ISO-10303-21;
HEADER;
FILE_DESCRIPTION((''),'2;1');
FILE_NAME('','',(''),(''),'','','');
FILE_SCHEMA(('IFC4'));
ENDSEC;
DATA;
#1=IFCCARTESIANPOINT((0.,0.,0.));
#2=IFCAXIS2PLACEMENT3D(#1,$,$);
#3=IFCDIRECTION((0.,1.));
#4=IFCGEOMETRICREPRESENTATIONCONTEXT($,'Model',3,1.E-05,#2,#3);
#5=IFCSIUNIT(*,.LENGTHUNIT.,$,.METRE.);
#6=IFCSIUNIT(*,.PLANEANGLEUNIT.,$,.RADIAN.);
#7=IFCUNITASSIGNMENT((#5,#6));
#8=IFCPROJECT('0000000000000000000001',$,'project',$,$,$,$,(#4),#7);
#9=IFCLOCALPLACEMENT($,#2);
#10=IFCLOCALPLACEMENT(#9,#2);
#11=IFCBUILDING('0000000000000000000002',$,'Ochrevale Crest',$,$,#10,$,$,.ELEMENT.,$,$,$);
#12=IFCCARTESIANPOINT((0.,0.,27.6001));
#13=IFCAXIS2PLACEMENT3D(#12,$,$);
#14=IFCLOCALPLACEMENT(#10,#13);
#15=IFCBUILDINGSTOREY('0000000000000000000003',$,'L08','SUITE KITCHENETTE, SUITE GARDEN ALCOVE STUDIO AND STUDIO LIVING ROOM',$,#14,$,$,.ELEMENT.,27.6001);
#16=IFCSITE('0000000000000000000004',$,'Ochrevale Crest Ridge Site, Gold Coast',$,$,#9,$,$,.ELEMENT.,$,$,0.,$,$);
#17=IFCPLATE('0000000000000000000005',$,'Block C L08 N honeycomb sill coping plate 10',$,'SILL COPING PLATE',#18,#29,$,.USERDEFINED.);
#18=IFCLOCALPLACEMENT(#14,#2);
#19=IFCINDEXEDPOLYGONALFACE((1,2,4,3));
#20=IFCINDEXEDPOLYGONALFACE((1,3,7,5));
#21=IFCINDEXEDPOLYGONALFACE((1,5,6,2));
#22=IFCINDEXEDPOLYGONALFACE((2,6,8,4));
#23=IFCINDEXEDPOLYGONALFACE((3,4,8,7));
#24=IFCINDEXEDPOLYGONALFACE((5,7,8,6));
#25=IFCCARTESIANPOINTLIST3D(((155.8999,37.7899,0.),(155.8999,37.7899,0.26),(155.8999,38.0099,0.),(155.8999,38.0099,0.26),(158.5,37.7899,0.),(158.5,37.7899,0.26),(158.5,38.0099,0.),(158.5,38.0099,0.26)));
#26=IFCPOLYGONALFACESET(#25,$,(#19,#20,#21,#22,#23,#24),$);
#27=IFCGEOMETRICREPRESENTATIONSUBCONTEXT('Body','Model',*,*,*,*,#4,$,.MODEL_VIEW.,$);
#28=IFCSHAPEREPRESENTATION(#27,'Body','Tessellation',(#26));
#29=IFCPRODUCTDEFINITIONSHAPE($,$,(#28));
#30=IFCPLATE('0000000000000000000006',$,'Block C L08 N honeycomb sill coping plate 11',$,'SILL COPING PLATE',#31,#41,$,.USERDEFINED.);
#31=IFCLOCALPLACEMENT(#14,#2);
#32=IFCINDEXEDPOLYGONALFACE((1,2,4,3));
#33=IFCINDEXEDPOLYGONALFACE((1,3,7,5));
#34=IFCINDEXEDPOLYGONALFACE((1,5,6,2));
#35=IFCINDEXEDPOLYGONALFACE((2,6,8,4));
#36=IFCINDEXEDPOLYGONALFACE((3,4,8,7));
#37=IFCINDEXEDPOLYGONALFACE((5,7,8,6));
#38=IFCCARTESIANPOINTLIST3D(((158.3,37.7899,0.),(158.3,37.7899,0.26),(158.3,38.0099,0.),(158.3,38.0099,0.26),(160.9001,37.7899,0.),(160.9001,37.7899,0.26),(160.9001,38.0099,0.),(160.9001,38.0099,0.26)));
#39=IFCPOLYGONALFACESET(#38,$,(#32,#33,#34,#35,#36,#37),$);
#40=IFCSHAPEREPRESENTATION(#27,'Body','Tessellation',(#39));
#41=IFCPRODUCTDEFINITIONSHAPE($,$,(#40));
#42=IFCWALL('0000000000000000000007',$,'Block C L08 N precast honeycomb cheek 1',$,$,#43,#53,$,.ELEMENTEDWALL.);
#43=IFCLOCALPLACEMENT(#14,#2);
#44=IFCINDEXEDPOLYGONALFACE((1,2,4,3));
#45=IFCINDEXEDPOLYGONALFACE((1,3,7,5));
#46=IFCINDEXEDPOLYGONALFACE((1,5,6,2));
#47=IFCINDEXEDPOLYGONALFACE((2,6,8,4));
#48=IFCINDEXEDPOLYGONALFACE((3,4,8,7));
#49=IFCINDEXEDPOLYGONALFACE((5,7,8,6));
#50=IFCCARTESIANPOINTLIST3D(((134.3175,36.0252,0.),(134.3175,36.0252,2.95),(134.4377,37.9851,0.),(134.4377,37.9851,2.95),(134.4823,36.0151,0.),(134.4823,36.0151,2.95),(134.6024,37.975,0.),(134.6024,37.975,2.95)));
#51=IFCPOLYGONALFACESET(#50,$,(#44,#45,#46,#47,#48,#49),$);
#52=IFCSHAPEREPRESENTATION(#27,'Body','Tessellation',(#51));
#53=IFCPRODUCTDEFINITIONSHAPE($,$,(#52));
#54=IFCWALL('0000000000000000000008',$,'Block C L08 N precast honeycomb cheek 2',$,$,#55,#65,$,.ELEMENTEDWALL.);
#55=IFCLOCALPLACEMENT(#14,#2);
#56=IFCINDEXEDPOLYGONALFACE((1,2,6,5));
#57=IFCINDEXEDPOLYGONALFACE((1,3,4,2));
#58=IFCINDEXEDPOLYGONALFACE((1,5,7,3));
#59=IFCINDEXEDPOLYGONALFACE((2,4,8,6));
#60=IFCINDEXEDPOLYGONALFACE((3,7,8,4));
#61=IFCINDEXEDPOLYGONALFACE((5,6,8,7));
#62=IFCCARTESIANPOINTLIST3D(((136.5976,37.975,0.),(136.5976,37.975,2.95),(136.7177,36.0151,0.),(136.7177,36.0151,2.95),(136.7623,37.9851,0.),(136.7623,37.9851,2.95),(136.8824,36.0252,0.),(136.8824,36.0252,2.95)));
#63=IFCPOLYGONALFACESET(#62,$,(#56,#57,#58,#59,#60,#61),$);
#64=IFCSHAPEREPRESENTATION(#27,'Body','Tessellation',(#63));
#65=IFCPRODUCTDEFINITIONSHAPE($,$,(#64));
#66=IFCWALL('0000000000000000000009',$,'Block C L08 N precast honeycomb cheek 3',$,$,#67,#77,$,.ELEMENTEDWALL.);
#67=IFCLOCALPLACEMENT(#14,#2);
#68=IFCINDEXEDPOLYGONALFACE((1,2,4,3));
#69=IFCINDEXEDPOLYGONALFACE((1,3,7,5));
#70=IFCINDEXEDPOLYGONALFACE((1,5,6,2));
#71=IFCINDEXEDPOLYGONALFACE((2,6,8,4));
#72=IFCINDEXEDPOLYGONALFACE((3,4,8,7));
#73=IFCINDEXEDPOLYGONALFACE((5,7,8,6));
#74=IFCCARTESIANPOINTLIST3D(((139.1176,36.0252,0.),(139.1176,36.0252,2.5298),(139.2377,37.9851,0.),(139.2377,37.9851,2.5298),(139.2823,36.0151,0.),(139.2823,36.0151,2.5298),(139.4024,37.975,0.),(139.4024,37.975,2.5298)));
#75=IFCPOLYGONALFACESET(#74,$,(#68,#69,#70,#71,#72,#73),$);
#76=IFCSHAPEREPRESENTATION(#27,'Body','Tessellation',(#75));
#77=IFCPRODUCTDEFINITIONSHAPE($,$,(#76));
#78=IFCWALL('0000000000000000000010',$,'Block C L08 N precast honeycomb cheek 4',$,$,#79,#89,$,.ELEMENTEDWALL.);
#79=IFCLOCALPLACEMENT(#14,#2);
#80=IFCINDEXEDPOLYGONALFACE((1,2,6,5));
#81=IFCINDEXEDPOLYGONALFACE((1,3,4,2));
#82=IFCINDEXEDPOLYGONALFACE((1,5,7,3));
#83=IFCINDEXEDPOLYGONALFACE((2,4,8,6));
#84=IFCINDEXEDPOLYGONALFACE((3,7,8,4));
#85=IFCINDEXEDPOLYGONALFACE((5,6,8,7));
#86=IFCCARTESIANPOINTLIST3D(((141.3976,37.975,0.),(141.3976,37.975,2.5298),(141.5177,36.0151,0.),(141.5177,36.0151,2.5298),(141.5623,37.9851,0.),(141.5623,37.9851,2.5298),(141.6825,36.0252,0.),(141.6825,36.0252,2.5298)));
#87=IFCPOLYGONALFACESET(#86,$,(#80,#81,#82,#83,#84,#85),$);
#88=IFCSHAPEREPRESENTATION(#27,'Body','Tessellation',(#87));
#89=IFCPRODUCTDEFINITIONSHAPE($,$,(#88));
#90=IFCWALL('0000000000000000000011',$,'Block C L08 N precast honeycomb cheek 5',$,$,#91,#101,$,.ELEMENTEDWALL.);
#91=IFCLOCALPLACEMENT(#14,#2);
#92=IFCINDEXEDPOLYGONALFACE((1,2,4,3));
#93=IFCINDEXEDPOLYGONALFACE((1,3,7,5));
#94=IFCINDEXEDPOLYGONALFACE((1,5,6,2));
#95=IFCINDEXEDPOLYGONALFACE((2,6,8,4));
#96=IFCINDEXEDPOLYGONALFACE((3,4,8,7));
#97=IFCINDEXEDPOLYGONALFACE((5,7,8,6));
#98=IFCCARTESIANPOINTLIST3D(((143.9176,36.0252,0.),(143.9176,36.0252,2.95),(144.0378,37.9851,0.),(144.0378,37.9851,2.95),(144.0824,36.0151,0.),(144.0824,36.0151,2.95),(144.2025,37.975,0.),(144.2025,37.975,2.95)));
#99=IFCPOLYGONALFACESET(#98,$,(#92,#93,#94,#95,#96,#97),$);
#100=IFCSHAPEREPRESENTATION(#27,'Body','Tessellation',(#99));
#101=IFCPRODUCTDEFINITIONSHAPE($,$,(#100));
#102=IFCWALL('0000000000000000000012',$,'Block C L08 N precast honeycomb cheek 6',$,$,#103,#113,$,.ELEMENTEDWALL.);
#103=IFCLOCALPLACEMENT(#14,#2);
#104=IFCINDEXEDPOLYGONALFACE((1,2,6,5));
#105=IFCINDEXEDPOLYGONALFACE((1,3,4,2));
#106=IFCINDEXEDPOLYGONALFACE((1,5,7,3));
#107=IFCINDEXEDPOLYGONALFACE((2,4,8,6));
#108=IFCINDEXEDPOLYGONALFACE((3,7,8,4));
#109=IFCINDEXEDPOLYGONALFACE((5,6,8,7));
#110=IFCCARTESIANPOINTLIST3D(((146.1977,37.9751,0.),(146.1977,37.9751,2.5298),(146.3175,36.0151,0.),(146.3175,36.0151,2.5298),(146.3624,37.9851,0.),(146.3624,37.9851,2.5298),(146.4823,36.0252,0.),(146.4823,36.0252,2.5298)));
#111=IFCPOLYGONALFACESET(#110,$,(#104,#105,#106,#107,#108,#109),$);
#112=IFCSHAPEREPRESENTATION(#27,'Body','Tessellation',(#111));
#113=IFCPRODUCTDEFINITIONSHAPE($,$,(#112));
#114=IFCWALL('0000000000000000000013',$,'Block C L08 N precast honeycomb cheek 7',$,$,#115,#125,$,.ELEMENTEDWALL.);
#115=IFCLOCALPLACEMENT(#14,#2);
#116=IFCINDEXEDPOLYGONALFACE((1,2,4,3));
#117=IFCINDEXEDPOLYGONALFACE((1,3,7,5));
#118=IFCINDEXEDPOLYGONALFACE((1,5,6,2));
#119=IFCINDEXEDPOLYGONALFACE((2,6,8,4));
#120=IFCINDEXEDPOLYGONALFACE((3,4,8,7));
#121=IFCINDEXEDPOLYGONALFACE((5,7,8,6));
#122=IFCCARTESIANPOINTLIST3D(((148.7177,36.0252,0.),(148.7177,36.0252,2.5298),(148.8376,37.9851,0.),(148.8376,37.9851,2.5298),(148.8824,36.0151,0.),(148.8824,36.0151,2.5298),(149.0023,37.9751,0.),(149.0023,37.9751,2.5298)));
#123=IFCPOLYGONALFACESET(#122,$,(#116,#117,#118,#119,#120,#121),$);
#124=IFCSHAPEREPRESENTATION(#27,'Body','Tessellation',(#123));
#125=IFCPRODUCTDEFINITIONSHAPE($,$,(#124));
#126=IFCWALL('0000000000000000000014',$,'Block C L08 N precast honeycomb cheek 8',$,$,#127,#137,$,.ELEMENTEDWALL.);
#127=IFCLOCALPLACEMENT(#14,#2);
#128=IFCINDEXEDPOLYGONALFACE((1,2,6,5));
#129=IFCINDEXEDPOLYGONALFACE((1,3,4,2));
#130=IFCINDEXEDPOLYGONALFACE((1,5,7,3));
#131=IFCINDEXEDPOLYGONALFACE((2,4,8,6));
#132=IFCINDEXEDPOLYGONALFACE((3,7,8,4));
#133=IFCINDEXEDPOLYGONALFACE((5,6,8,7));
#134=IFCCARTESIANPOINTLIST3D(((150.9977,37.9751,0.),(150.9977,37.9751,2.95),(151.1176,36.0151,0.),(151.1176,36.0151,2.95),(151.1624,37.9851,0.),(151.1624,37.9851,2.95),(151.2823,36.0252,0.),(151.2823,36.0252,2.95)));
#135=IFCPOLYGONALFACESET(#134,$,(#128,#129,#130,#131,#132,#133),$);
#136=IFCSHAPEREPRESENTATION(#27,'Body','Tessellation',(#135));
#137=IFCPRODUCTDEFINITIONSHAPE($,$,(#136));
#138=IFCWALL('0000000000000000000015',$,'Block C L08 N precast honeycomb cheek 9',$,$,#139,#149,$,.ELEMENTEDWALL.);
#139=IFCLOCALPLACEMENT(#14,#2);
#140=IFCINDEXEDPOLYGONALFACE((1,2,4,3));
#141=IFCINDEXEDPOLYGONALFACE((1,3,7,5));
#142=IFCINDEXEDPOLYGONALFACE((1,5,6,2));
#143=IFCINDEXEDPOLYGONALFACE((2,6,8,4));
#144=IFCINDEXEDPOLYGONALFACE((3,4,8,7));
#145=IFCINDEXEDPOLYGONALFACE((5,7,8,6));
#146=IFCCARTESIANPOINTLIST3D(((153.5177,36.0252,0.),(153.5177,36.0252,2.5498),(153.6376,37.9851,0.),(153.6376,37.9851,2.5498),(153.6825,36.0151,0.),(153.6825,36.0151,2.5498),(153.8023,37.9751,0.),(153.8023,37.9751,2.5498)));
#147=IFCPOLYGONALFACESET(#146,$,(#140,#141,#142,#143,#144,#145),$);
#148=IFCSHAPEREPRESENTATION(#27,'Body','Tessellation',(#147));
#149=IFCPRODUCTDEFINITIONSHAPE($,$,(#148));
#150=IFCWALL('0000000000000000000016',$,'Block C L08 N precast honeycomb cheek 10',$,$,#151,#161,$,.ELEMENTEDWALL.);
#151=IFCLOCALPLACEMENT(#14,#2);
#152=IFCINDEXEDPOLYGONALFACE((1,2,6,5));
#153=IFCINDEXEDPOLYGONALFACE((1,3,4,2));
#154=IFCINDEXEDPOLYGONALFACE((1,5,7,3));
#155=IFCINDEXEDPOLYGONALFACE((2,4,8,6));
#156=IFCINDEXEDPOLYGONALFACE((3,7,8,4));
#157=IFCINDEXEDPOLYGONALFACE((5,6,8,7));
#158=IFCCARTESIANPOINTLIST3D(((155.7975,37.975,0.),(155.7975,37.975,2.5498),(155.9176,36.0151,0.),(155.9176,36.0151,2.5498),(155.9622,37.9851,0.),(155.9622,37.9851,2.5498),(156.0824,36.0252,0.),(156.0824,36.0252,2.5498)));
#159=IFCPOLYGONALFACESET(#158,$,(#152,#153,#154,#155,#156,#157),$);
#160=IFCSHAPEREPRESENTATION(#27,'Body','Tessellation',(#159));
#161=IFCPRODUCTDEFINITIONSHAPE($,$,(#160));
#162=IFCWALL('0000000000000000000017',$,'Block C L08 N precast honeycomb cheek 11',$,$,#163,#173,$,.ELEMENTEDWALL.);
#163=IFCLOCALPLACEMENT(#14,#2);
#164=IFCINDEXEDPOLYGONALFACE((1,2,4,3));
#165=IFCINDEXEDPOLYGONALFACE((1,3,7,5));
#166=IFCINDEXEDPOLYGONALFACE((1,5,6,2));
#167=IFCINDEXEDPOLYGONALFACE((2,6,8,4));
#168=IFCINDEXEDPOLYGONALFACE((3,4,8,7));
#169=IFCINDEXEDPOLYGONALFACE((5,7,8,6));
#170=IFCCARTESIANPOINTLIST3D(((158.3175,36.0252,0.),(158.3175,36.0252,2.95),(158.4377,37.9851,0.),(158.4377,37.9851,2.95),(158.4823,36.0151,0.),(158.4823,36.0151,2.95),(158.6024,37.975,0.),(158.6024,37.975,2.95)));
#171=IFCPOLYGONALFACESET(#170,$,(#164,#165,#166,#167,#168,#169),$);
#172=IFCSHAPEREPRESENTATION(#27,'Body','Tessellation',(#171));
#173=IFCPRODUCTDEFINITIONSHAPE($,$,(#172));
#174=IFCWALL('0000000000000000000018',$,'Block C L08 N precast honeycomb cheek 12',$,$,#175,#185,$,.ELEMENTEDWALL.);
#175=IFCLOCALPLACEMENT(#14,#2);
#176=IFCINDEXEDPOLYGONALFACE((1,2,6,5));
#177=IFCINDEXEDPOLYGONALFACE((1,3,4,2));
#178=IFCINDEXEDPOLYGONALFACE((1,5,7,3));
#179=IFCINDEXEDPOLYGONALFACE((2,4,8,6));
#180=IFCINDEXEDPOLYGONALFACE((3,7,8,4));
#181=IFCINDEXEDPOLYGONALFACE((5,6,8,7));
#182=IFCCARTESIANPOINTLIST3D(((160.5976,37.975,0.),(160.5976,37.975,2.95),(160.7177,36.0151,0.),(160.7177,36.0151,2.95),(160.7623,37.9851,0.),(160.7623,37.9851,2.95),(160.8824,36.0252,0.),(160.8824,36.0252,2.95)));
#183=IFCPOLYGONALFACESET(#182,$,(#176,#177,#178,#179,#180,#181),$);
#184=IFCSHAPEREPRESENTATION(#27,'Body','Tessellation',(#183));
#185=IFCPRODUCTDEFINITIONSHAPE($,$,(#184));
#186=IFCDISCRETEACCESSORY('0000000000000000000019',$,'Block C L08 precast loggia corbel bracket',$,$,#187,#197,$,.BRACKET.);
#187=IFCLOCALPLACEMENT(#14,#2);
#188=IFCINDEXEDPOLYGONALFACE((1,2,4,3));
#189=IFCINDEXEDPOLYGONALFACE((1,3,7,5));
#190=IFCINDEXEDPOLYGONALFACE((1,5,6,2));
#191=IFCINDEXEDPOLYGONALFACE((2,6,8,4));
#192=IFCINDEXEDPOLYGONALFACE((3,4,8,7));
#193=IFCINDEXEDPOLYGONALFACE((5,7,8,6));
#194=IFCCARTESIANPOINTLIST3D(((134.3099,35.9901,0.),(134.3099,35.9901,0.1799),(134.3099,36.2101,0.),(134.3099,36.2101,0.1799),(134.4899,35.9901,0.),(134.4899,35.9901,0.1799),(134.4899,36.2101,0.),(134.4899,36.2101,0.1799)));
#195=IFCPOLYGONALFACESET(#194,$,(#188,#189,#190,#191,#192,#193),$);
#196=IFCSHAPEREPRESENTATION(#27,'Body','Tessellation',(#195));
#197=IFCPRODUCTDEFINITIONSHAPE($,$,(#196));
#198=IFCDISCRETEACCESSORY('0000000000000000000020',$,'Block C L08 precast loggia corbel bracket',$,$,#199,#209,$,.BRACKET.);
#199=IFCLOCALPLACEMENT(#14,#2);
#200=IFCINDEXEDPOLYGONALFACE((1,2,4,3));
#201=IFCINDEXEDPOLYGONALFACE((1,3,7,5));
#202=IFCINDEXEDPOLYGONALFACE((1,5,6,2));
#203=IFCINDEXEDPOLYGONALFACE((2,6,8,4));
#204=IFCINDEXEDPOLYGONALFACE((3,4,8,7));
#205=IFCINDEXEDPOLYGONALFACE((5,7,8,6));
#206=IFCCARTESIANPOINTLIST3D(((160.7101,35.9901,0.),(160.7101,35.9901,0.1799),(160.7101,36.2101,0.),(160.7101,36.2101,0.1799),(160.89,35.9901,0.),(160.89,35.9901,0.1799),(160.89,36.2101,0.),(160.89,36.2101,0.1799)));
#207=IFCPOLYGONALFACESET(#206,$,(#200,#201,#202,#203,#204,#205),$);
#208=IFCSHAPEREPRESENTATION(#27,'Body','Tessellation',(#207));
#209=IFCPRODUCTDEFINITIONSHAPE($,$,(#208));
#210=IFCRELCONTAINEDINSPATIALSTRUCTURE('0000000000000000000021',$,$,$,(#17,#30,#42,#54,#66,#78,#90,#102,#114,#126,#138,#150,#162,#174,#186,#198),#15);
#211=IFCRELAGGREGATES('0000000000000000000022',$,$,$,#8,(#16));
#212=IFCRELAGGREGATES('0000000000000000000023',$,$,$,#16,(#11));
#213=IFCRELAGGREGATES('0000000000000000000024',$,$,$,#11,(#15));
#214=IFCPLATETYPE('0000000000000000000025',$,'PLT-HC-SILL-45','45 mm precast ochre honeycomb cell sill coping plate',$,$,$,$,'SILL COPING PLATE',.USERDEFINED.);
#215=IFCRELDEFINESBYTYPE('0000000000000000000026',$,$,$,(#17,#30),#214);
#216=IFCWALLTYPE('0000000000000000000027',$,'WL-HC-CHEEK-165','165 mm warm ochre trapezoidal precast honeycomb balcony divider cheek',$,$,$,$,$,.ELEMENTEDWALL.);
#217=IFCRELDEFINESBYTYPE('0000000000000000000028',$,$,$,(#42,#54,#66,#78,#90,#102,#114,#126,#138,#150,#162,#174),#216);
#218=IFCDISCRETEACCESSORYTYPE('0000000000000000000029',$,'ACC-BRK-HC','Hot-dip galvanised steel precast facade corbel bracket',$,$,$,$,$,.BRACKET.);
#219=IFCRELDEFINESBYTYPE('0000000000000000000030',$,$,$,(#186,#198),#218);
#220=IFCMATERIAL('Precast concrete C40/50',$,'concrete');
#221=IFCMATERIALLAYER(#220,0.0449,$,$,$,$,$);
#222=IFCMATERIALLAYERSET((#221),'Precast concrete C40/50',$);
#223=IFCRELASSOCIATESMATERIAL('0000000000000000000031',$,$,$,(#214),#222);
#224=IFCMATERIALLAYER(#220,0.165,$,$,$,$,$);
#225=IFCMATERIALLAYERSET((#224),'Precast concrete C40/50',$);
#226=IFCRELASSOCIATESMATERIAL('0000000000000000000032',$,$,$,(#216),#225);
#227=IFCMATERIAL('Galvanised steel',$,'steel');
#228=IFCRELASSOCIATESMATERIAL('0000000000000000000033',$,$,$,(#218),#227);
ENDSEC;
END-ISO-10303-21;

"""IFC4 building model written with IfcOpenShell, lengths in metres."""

from ifc_helpers import new_model, si_unit, direction, frame, frame_2d, origin, origin_2d, place, context, subcontext, project, spatial, rectangle, extrude, material, layer, layer_set, type_object, element, save


model = new_model("IFC4")

# Units and contexts
model_context = context("Model", 3, precision=1e-05, world=origin(), true_north=direction((0.0, 1.0)))
body_context = subcontext(model_context, "Body", "Model", "MODEL_VIEW")
ifc_project = project(units=[si_unit("LENGTHUNIT", "METRE"), si_unit("PLANEANGLEUNIT", "RADIAN")], contexts=[model_context])

# Site, building, storey
site_placement = place(None, origin())
site = spatial("IfcSite", under=ifc_project, at=site_placement, Name="Ochrevale Crest Ridge Site, Gold Coast", CompositionType="ELEMENT", RefElevation=0.0)
building_placement = place(site_placement, origin())
building = spatial("IfcBuilding", under=site, at=building_placement, Name="Ochrevale Crest", CompositionType="ELEMENT")
storey_placement = place(building_placement, frame((0.0, 0.0, 27.6001)))
storey = spatial("IfcBuildingStorey", under=building, at=storey_placement, Name="L08", Description="SUITE KITCHENETTE, SUITE GARDEN ALCOVE STUDIO AND STUDIO LIVING ROOM", CompositionType="ELEMENT", Elevation=27.6001)

# Plates
ifc_material_1 = material(Name="Precast concrete C40/50", Category="concrete")
ifc_layer_1 = layer(ifc_material_1, 0.0449)
ifc_layer_set_1 = layer_set([ifc_layer_1], Name="Precast concrete C40/50")
plate_type_1 = type_object("IfcPlateType", Name="PLT-HC-SILL-45", Description="45 mm precast ochre honeycomb cell sill coping plate", ElementType="SILL COPING PLATE", PredefinedType="USERDEFINED", material=ifc_layer_set_1)
for number, where, z_axis, x_axis, name in (
    (1, (157.2, 37.8999, 0.0), (0.0, 0.0, 1.0), (1.0, 0.0, 0.0), "Block C L08 N honeycomb sill coping plate 10"),
    (2, (159.6001, 37.8999, 0.0), (0.0, 0.0, 1.0), (1.0, 0.0, 0.0), "Block C L08 N honeycomb sill coping plate 11"),
):
    element("IfcPlate", number, at=place(storey_placement, frame(where, z_axis=z_axis, x_axis=x_axis)), inside=storey, type_object=plate_type_1, Name=name, ObjectType="SILL COPING PLATE", PredefinedType="USERDEFINED", context=body_context, shape_type="SweptSolid", body=[
        extrude(rectangle(XDim=2.6001, YDim=0.22, at=origin_2d()), origin(), (0.0, 0.0, 1.0), 0.26),
    ])

# Walls
ifc_layer_2 = layer(ifc_material_1, 0.165)
ifc_layer_set_2 = layer_set([ifc_layer_2], Name="Precast concrete C40/50")
wall_type = type_object("IfcWallType", Name="WL-HC-CHEEK-165", Description="165 mm warm ochre trapezoidal precast honeycomb balcony divider cheek", PredefinedType="ELEMENTEDWALL", material=ifc_layer_set_2)
for number, where, z_axis, x_axis, name in (
    (3, (134.3999, 36.02, 0.0), (0.0, 0.0, 1.0), (0.061171, 0.998127, 0.0), "Block C L08 N precast honeycomb cheek 1"),
    (4, (136.8, 36.02, 0.0), (0.0, 0.0, 1.0), (-0.061171, 0.998127, 0.0), "Block C L08 N precast honeycomb cheek 2"),
):
    element("IfcWall", number, at=place(storey_placement, frame(where, z_axis=z_axis, x_axis=x_axis)), inside=storey, type_object=wall_type, Name=name, PredefinedType="ELEMENTEDWALL", context=body_context, shape_type="SweptSolid", body=[
        extrude(rectangle(XDim=1.9636, YDim=0.165, at=frame_2d((0.9819, 0.0))), origin(), (0.0, 0.0, 1.0), 2.95),
    ])
for number, where, z_axis, x_axis, name in (
    (5, (139.2, 36.02, 0.0), (0.0, 0.0, 1.0), (0.061171, 0.998127, 0.0), "Block C L08 N precast honeycomb cheek 3"),
    (6, (141.6001, 36.02, 0.0), (0.0, 0.0, 1.0), (-0.061171, 0.998127, 0.0), "Block C L08 N precast honeycomb cheek 4"),
):
    element("IfcWall", number, at=place(storey_placement, frame(where, z_axis=z_axis, x_axis=x_axis)), inside=storey, type_object=wall_type, Name=name, PredefinedType="ELEMENTEDWALL", context=body_context, shape_type="SweptSolid", body=[
        extrude(rectangle(XDim=1.9636, YDim=0.165, at=frame_2d((0.9819, 0.0))), origin(), (0.0, 0.0, 1.0), 2.5298),
    ])
wall_1_placement = place(storey_placement, frame((144.0, 36.02, 0.0), z_axis=(0.0, 0.0, 1.0), x_axis=(0.061171, 0.998127, 0.0)))
element("IfcWall", 7, at=wall_1_placement, inside=storey, type_object=wall_type, Name="Block C L08 N precast honeycomb cheek 5", PredefinedType="ELEMENTEDWALL", context=body_context, shape_type="SweptSolid", body=[
    extrude(rectangle(XDim=1.9636, YDim=0.165, at=frame_2d((0.9819, 0.0))), origin(), (0.0, 0.0, 1.0), 2.95),
])
for number, where, z_axis, x_axis, name in (
    (8, (146.3999, 36.02, 0.0), (0.0, 0.0, 1.0), (-0.061047, 0.998135, 0.0), "Block C L08 N precast honeycomb cheek 6"),
    (9, (148.8, 36.02, 0.0), (0.0, 0.0, 1.0), (0.061047, 0.998135, 0.0), "Block C L08 N precast honeycomb cheek 7"),
):
    element("IfcWall", number, at=place(storey_placement, frame(where, z_axis=z_axis, x_axis=x_axis)), inside=storey, type_object=wall_type, Name=name, PredefinedType="ELEMENTEDWALL", context=body_context, shape_type="SweptSolid", body=[
        extrude(rectangle(XDim=1.9636, YDim=0.165, at=frame_2d((0.9819, 0.0))), origin(), (0.0, 0.0, 1.0), 2.5298),
    ])
wall_2_placement = place(storey_placement, frame((151.2, 36.02, 0.0), z_axis=(0.0, 0.0, 1.0), x_axis=(-0.061047, 0.998135, 0.0)))
element("IfcWall", 10, at=wall_2_placement, inside=storey, type_object=wall_type, Name="Block C L08 N precast honeycomb cheek 8", PredefinedType="ELEMENTEDWALL", context=body_context, shape_type="SweptSolid", body=[
    extrude(rectangle(XDim=1.9636, YDim=0.165, at=frame_2d((0.9819, 0.0))), origin(), (0.0, 0.0, 1.0), 2.95),
])
for number, where, z_axis, x_axis, name in (
    (11, (153.6001, 36.02, 0.0), (0.0, 0.0, 1.0), (0.061047, 0.998135, 0.0), "Block C L08 N precast honeycomb cheek 9"),
    (12, (156.0, 36.02, 0.0), (0.0, 0.0, 1.0), (-0.061171, 0.998127, 0.0), "Block C L08 N precast honeycomb cheek 10"),
):
    element("IfcWall", number, at=place(storey_placement, frame(where, z_axis=z_axis, x_axis=x_axis)), inside=storey, type_object=wall_type, Name=name, PredefinedType="ELEMENTEDWALL", context=body_context, shape_type="SweptSolid", body=[
        extrude(rectangle(XDim=1.9636, YDim=0.165, at=frame_2d((0.9819, 0.0))), origin(), (0.0, 0.0, 1.0), 2.5498),
    ])
for number, where, z_axis, x_axis, name in (
    (13, (158.3999, 36.02, 0.0), (0.0, 0.0, 1.0), (0.061171, 0.998127, 0.0), "Block C L08 N precast honeycomb cheek 11"),
    (14, (160.8, 36.02, 0.0), (0.0, 0.0, 1.0), (-0.061171, 0.998127, 0.0), "Block C L08 N precast honeycomb cheek 12"),
):
    element("IfcWall", number, at=place(storey_placement, frame(where, z_axis=z_axis, x_axis=x_axis)), inside=storey, type_object=wall_type, Name=name, PredefinedType="ELEMENTEDWALL", context=body_context, shape_type="SweptSolid", body=[
        extrude(rectangle(XDim=1.9636, YDim=0.165, at=frame_2d((0.9819, 0.0))), origin(), (0.0, 0.0, 1.0), 2.95),
    ])

# Shared definitions
ifc_material_2 = material(Name="Galvanised steel", Category="steel")

# Discrete accessories
discrete_accessory_type = type_object("IfcDiscreteAccessoryType", Name="ACC-BRK-HC", Description="Hot-dip galvanised steel precast facade corbel bracket", PredefinedType="BRACKET", material=ifc_material_2)
for number, where, z_axis, x_axis, name in (
    (15, (134.3999, 36.1001, 0.0), (0.0, 0.0, 1.0), (1.0, 0.0, 0.0), "Block C L08 precast loggia corbel bracket"),
    (16, (160.8, 36.1001, 0.0), (0.0, 0.0, 1.0), (1.0, 0.0, 0.0), "Block C L08 precast loggia corbel bracket"),
):
    element("IfcDiscreteAccessory", number, at=place(storey_placement, frame(where, z_axis=z_axis, x_axis=x_axis)), inside=storey, type_object=discrete_accessory_type, Name=name, PredefinedType="BRACKET", context=body_context, shape_type="SweptSolid", body=[
        extrude(rectangle(XDim=0.1799, YDim=0.22, at=origin_2d()), origin(), (0.0, 0.0, 1.0), 0.1799),
    ])

save(model, "model.ifc")
